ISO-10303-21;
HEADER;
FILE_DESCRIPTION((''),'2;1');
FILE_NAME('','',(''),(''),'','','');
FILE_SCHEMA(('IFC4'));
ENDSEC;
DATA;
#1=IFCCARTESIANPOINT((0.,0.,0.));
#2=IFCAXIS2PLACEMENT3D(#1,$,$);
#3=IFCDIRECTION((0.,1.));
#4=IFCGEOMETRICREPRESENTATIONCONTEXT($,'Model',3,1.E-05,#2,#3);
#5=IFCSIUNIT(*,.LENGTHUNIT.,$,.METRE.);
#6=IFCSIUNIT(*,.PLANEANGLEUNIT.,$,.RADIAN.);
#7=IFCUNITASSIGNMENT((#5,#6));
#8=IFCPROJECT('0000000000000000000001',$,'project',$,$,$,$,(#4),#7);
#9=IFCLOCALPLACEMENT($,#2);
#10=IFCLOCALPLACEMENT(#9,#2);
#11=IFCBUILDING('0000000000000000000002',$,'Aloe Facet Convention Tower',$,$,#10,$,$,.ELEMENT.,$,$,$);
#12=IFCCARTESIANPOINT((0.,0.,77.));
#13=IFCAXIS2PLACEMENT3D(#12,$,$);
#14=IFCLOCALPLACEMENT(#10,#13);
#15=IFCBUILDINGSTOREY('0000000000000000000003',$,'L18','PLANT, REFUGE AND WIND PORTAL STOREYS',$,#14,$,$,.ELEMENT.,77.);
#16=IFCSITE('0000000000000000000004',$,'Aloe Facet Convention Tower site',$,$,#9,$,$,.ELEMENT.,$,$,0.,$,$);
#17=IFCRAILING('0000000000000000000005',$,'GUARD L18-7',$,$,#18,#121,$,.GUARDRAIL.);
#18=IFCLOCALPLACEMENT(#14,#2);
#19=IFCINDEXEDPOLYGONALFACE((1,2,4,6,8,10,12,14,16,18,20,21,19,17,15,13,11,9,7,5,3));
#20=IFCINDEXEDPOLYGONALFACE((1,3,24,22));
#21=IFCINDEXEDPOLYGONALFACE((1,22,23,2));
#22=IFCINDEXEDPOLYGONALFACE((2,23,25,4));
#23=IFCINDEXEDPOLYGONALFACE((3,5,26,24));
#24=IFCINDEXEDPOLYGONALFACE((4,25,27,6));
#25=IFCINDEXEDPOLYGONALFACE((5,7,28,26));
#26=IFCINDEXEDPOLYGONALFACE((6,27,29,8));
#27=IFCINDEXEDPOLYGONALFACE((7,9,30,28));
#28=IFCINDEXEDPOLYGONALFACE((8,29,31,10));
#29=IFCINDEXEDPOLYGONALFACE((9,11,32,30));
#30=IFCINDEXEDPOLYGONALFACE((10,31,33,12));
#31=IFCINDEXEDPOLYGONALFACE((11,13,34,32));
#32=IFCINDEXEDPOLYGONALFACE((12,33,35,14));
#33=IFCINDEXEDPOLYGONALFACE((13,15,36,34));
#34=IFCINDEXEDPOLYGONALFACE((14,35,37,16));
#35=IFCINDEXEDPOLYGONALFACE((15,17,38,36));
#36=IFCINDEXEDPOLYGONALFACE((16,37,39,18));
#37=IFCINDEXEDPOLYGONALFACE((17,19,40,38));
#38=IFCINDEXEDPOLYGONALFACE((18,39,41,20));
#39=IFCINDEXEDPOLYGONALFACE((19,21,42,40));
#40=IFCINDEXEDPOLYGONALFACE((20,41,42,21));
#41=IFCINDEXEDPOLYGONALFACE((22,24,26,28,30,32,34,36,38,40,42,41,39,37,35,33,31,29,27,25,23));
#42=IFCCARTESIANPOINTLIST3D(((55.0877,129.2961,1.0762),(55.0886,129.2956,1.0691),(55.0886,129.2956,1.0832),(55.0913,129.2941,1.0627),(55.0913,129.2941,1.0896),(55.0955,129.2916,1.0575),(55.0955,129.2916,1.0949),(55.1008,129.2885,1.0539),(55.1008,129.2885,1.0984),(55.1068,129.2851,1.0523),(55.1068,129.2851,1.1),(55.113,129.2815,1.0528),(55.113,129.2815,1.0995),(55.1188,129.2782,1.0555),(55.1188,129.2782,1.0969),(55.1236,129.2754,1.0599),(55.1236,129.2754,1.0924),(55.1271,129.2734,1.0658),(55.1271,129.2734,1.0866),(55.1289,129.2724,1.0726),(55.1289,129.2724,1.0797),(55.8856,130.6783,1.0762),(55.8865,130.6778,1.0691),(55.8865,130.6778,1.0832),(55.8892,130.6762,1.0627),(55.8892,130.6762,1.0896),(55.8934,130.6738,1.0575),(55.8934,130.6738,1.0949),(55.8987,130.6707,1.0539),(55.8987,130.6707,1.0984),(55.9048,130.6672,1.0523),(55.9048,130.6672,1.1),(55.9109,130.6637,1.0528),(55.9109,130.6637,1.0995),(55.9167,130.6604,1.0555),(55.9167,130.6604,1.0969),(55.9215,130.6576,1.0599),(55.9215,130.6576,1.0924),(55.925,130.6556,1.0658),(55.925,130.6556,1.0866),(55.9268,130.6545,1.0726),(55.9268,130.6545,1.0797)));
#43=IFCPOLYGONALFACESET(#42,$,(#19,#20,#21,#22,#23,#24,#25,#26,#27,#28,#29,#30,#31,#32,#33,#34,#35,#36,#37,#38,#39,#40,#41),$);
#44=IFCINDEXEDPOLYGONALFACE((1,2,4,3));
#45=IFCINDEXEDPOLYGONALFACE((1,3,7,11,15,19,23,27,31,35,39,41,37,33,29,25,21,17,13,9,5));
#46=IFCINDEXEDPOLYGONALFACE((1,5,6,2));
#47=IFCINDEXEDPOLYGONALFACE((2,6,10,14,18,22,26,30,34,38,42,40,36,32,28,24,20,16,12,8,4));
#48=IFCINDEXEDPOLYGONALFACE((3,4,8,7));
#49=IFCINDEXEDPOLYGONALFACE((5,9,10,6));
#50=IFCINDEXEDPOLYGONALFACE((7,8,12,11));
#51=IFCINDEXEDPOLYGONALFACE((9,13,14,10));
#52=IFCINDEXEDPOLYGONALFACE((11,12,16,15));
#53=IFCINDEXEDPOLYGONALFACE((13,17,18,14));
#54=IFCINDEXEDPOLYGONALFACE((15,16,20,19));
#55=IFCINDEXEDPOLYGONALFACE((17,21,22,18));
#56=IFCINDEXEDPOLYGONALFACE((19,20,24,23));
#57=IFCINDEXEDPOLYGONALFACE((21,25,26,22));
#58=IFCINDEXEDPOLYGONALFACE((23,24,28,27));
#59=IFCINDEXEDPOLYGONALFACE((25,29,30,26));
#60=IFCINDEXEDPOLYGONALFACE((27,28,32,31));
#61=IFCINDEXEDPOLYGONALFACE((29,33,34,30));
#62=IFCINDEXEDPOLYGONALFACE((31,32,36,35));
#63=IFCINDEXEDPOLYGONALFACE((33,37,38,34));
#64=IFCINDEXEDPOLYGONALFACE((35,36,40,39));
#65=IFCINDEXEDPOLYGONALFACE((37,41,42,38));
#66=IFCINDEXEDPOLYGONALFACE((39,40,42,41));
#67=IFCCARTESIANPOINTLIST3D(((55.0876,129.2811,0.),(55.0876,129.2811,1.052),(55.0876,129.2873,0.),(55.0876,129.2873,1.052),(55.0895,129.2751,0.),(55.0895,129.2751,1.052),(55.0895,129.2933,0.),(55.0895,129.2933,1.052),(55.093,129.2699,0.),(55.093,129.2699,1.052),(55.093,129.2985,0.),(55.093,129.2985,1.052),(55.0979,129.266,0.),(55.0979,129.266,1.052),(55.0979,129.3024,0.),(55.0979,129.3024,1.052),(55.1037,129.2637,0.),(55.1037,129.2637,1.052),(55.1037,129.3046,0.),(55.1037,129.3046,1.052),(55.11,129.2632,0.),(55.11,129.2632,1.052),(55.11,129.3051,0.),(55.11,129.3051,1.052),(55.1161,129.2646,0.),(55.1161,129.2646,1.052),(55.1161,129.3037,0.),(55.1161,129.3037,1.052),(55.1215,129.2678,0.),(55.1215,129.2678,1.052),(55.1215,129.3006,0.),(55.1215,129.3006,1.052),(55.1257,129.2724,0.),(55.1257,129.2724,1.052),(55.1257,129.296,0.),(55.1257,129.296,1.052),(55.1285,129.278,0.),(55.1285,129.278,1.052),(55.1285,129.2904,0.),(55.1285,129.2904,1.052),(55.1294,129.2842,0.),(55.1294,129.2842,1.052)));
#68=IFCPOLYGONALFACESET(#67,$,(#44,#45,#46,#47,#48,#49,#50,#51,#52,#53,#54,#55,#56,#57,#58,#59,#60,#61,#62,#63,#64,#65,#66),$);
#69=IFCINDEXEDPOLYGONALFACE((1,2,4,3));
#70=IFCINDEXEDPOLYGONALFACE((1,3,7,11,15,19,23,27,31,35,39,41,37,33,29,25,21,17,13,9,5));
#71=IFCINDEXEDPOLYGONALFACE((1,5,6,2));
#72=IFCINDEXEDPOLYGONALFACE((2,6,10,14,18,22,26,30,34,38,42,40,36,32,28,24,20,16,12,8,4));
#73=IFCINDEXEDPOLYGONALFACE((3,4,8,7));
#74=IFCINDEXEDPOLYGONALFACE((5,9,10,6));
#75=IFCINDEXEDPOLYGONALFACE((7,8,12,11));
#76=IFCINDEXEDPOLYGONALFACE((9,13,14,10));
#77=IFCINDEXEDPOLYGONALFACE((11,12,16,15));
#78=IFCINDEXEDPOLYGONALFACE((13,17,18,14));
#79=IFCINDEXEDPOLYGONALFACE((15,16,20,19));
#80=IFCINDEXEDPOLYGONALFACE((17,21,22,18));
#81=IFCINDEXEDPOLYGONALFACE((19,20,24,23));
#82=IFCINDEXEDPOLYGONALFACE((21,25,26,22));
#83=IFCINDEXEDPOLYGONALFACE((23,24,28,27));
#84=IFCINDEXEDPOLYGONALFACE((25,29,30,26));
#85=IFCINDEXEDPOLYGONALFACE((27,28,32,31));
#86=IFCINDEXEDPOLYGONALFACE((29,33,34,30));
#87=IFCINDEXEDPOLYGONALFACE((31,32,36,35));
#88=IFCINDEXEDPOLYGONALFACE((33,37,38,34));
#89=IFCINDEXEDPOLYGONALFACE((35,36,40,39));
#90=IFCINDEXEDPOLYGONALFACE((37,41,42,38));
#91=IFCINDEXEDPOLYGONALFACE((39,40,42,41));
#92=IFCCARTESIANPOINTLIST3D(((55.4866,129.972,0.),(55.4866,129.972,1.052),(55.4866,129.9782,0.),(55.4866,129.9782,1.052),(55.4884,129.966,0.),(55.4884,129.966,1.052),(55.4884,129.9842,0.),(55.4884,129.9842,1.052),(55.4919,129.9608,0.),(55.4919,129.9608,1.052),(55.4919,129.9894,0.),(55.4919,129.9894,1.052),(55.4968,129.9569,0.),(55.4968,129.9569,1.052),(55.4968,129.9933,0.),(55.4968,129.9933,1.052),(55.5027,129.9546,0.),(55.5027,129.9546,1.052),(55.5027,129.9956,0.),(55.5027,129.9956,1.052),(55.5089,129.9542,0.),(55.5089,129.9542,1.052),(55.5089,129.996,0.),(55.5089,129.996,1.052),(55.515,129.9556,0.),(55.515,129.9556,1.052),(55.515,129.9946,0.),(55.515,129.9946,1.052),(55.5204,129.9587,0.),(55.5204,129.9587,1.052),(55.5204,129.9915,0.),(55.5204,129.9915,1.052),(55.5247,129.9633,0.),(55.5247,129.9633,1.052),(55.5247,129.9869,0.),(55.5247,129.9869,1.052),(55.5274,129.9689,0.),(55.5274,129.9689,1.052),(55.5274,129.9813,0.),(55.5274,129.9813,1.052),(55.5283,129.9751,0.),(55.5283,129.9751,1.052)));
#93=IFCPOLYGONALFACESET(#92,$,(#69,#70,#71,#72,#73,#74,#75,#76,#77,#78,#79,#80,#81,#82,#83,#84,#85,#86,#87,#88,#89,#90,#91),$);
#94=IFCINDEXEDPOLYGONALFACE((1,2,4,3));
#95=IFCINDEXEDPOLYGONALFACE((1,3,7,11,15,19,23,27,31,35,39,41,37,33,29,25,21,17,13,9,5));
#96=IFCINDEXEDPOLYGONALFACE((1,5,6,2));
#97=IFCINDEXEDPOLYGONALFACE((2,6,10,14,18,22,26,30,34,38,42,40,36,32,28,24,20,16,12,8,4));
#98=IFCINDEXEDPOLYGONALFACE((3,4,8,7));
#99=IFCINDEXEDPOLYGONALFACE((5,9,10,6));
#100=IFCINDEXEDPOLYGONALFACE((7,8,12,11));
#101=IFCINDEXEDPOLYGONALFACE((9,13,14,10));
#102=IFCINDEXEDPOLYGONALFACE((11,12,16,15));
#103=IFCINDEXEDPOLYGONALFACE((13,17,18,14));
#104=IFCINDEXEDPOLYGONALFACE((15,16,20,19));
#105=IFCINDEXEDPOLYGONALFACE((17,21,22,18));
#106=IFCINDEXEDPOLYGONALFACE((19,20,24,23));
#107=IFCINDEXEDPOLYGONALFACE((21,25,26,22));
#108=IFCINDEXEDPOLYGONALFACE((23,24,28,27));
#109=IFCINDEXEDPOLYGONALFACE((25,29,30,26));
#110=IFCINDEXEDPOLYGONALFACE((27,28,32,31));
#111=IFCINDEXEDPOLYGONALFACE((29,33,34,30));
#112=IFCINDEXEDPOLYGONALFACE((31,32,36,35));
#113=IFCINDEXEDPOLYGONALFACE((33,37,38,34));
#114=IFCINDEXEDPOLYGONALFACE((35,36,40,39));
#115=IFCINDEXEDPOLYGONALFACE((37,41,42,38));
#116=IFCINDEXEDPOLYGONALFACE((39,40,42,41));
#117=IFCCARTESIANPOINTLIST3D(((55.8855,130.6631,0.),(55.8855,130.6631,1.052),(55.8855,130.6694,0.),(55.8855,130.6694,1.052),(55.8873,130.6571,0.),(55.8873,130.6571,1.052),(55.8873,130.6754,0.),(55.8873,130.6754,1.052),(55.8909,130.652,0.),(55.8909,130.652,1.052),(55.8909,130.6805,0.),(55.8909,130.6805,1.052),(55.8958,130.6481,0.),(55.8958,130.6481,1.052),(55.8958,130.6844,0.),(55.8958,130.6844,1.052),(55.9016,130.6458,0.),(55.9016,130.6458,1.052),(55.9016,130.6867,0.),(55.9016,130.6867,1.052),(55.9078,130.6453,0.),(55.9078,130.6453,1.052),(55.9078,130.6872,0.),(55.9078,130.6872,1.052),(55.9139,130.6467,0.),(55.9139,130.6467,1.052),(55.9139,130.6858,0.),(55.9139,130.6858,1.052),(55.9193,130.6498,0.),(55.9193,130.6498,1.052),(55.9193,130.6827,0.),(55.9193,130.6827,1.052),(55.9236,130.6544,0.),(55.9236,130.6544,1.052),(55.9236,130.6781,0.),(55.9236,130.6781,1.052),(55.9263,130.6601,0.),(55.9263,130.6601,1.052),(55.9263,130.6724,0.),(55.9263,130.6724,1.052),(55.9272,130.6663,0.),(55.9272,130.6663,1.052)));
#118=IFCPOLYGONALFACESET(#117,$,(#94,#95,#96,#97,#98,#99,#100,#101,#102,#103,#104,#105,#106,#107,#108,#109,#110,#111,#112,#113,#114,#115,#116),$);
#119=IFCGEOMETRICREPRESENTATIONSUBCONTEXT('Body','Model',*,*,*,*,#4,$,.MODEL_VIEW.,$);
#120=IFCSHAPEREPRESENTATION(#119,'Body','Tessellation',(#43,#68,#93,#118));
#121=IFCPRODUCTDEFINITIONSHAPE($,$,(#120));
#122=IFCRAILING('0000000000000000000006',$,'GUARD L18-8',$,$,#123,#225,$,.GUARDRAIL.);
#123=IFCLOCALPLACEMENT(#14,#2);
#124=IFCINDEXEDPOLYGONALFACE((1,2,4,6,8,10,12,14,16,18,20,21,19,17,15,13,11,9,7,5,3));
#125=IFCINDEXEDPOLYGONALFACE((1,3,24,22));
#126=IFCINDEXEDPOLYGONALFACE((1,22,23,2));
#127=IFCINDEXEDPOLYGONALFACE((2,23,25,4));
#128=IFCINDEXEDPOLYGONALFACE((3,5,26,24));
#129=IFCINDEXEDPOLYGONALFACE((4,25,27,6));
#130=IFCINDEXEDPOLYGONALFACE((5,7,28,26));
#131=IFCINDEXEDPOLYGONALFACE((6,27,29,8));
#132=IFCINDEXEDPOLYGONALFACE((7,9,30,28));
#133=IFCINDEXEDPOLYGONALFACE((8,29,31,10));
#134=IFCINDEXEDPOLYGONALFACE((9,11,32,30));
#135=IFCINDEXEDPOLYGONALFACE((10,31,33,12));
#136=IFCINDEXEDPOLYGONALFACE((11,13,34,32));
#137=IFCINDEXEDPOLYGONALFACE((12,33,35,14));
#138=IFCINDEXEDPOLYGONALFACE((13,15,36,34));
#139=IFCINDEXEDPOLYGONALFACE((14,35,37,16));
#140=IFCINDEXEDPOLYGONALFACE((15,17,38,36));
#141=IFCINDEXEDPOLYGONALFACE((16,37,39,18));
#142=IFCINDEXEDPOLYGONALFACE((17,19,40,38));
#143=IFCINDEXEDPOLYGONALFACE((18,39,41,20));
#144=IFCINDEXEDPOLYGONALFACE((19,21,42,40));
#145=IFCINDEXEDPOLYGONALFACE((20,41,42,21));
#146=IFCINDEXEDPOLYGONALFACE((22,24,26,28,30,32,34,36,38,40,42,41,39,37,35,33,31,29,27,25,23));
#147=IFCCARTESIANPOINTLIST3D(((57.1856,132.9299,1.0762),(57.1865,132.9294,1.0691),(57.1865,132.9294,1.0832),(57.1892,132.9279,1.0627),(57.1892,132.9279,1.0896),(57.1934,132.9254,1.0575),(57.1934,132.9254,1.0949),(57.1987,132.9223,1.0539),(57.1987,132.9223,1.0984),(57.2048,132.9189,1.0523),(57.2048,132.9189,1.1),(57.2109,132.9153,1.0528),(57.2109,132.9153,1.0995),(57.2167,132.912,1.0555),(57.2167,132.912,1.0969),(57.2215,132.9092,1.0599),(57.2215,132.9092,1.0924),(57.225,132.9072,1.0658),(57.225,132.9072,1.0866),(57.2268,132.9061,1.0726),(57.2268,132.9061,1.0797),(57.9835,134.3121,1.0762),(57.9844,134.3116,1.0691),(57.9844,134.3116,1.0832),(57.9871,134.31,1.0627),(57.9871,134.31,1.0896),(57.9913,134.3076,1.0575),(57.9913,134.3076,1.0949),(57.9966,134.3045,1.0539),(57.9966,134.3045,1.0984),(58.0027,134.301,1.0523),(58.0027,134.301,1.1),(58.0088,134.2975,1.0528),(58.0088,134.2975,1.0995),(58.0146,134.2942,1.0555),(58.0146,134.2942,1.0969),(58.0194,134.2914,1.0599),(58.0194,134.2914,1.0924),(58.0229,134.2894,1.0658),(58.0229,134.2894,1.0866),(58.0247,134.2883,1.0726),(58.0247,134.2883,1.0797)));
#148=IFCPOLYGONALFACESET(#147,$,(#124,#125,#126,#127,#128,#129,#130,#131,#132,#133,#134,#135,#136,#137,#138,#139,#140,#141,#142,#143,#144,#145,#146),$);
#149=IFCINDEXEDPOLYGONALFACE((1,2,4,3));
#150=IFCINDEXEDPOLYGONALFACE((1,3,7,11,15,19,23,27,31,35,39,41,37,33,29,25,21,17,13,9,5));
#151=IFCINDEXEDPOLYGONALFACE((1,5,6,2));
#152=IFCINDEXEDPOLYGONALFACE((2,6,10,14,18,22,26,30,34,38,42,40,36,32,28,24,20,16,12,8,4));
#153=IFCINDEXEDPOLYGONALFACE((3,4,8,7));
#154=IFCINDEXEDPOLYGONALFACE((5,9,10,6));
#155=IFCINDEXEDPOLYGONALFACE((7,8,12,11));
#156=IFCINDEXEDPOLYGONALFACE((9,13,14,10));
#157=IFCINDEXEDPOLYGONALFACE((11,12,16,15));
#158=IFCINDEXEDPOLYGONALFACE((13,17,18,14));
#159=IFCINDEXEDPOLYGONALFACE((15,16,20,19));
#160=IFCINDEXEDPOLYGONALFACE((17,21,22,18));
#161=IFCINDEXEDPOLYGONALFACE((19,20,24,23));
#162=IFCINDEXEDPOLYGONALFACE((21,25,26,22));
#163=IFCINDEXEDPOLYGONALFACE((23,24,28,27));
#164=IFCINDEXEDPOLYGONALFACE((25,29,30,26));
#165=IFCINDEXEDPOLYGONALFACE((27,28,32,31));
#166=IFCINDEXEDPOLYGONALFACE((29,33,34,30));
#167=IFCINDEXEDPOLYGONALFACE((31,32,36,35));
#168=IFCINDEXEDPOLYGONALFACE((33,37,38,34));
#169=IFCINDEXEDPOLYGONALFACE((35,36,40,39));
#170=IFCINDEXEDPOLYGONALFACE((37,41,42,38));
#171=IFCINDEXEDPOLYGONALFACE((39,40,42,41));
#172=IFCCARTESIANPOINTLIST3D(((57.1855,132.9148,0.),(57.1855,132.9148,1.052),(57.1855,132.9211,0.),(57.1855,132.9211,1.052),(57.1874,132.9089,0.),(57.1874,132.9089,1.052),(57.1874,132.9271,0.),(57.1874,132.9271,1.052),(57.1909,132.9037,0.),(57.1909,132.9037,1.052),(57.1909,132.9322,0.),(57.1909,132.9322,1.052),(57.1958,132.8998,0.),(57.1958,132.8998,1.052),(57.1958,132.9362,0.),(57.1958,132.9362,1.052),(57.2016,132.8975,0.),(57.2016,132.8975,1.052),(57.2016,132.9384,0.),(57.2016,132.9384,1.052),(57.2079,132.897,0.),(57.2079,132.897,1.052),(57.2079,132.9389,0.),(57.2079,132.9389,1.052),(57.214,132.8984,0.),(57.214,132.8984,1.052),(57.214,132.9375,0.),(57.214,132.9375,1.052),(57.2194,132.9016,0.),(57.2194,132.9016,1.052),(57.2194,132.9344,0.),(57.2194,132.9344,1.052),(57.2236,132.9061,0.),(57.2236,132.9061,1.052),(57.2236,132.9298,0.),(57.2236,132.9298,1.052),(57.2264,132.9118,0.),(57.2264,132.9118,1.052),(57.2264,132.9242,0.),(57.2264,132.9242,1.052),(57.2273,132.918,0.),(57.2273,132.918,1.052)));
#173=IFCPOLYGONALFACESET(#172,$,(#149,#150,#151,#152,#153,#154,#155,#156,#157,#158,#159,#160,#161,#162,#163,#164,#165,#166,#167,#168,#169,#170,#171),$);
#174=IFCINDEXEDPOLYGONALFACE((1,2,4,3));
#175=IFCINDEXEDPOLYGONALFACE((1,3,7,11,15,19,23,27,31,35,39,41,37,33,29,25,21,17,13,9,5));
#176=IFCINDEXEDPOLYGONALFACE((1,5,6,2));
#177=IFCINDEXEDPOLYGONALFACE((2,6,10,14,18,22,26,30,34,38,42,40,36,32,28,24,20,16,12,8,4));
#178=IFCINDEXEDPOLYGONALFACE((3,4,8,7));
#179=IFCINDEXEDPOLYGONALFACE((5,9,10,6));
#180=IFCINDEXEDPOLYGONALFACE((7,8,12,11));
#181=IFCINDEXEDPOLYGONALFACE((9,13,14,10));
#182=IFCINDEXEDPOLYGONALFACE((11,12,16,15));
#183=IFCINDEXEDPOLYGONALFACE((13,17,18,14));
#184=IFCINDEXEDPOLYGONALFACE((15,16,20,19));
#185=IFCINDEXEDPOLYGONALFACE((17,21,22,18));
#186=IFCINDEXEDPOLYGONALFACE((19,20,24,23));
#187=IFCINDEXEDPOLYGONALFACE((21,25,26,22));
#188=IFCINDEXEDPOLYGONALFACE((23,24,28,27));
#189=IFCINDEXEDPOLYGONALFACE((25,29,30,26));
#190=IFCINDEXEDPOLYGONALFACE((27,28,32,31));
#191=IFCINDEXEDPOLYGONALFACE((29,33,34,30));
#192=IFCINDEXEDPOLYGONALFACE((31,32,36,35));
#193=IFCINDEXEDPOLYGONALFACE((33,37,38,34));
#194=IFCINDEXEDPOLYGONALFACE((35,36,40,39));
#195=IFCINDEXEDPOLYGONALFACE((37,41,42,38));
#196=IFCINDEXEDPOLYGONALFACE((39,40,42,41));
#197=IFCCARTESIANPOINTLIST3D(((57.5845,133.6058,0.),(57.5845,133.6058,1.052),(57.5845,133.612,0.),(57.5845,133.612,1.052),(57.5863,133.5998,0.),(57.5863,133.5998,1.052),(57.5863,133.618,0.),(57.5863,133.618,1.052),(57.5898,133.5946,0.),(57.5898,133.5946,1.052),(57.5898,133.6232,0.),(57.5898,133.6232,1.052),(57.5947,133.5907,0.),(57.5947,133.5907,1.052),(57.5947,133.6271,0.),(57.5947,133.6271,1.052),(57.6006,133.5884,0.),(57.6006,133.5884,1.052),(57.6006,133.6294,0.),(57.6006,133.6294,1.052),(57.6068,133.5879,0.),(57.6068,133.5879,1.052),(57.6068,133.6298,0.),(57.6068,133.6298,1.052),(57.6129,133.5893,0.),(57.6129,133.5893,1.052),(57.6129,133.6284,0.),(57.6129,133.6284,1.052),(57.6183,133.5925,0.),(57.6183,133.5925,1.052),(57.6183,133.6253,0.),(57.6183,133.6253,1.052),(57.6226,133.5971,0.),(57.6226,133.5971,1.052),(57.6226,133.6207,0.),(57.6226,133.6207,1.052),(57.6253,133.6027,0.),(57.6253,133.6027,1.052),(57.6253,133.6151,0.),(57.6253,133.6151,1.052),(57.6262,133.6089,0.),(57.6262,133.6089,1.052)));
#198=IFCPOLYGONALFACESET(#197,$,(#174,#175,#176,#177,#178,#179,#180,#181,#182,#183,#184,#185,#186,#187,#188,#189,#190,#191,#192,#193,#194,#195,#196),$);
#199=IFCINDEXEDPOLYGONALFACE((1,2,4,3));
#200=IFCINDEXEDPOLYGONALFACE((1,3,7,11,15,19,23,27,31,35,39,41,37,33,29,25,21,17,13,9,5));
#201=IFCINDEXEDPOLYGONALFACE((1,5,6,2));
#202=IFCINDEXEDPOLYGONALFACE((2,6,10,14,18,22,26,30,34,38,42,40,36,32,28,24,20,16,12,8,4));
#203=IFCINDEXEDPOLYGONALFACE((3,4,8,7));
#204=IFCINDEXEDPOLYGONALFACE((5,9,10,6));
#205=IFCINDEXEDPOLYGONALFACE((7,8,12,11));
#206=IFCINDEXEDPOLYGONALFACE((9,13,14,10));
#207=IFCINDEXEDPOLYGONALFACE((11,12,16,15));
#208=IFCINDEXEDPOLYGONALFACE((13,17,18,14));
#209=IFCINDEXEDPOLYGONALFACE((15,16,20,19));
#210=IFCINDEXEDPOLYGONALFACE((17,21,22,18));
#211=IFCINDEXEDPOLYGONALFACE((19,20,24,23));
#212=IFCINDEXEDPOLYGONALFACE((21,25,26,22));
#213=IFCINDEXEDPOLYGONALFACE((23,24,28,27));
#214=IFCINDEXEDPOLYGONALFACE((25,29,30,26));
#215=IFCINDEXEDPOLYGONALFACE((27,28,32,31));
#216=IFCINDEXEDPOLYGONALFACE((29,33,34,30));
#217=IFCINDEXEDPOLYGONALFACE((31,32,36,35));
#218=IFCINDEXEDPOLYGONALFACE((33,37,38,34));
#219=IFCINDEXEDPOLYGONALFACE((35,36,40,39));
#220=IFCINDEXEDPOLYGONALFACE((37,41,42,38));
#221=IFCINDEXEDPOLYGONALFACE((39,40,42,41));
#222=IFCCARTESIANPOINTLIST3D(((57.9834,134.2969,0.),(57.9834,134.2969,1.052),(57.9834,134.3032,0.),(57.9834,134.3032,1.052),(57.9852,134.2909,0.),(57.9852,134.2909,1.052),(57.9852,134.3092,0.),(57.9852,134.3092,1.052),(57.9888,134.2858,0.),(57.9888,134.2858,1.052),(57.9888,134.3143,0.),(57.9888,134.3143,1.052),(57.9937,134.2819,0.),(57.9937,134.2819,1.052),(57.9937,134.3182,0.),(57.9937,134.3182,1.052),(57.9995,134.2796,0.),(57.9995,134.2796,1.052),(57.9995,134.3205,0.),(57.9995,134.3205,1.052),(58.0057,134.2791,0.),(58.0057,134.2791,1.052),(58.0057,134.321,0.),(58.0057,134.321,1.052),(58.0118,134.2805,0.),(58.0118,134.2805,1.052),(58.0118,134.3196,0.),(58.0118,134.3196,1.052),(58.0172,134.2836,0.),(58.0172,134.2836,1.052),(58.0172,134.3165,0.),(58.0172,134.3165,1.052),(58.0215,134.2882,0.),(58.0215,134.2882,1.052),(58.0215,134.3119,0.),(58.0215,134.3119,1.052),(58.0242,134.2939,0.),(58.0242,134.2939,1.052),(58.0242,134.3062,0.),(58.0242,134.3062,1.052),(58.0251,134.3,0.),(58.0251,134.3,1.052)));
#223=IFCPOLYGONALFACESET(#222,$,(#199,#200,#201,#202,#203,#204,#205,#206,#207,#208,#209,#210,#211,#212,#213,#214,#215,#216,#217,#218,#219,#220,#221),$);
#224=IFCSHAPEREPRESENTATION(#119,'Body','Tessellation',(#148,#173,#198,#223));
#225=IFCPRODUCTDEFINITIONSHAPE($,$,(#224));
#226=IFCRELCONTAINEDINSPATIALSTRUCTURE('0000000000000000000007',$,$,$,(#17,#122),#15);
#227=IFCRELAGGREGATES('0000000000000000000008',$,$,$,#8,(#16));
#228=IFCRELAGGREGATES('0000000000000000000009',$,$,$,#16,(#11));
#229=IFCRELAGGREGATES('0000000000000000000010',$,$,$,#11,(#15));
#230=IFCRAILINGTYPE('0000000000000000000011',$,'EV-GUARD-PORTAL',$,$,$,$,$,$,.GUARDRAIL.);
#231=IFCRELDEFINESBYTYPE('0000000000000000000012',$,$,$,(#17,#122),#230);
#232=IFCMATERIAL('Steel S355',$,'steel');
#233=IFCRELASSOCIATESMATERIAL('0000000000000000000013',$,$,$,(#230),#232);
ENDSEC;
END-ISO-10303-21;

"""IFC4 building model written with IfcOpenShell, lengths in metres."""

from ifc_helpers import new_model, si_unit, direction, frame, origin, origin_2d, place, context, subcontext, project, spatial, circle, extrude, material, type_object, element, save


model = new_model("IFC4")

# Units and contexts
model_context = context("Model", 3, precision=1e-05, world=origin(), true_north=direction((0.0, 1.0)))
body_context = subcontext(model_context, "Body", "Model", "MODEL_VIEW")
ifc_project = project(units=[si_unit("LENGTHUNIT", "METRE"), si_unit("PLANEANGLEUNIT", "RADIAN")], contexts=[model_context])

# Site, building, storey
site_placement = place(None, origin())
site = spatial("IfcSite", under=ifc_project, at=site_placement, Name="Aloe Facet Convention Tower site", CompositionType="ELEMENT", RefElevation=0.0)
building_placement = place(site_placement, origin())
building = spatial("IfcBuilding", under=site, at=building_placement, Name="Aloe Facet Convention Tower", CompositionType="ELEMENT")
storey_placement = place(building_placement, frame((0.0, 0.0, 77.0)))
storey = spatial("IfcBuildingStorey", under=building, at=storey_placement, Name="L18", Description="PLANT, REFUGE AND WIND PORTAL STOREYS", CompositionType="ELEMENT", Elevation=77.0)

# Railings
ifc_material_1 = material(Name="Steel S355", Category="steel")
railing_type = type_object("IfcRailingType", Name="EV-GUARD-PORTAL", PredefinedType="GUARDRAIL", material=ifc_material_1)
for number, where, name in (
    (1, (55.1084, 129.2842, 0.0), "GUARD L18-7"),
    (2, (57.2063, 132.918, 0.0), "GUARD L18-8"),
):
    element("IfcRailing", number, at=place(storey_placement, frame(where)), inside=storey, type_object=railing_type, Name=name, PredefinedType="GUARDRAIL", context=body_context, shape_type="SweptSolid", body=[
        extrude(circle(Radius=0.0239, at=origin_2d()), frame((0.0, 0.0, 1.0762), z_axis=(0.499956, 0.866051, 0.0), x_axis=(-0.866051, 0.499956, 0.0)), (0.0, 0.0, 1.0), 1.5959),
        extrude(circle(Radius=0.021, at=origin_2d()), origin(), (0.0, 0.0, 1.0), 1.052),
        extrude(circle(Radius=0.021, at=origin_2d()), frame((0.3989, 0.6909, 0.0)), (0.0, 0.0, 1.0), 1.052),
        extrude(circle(Radius=0.021, at=origin_2d()), frame((0.7979, 1.3821, 0.0)), (0.0, 0.0, 1.0), 1.052),
    ])

save(model, "model.ifc")
